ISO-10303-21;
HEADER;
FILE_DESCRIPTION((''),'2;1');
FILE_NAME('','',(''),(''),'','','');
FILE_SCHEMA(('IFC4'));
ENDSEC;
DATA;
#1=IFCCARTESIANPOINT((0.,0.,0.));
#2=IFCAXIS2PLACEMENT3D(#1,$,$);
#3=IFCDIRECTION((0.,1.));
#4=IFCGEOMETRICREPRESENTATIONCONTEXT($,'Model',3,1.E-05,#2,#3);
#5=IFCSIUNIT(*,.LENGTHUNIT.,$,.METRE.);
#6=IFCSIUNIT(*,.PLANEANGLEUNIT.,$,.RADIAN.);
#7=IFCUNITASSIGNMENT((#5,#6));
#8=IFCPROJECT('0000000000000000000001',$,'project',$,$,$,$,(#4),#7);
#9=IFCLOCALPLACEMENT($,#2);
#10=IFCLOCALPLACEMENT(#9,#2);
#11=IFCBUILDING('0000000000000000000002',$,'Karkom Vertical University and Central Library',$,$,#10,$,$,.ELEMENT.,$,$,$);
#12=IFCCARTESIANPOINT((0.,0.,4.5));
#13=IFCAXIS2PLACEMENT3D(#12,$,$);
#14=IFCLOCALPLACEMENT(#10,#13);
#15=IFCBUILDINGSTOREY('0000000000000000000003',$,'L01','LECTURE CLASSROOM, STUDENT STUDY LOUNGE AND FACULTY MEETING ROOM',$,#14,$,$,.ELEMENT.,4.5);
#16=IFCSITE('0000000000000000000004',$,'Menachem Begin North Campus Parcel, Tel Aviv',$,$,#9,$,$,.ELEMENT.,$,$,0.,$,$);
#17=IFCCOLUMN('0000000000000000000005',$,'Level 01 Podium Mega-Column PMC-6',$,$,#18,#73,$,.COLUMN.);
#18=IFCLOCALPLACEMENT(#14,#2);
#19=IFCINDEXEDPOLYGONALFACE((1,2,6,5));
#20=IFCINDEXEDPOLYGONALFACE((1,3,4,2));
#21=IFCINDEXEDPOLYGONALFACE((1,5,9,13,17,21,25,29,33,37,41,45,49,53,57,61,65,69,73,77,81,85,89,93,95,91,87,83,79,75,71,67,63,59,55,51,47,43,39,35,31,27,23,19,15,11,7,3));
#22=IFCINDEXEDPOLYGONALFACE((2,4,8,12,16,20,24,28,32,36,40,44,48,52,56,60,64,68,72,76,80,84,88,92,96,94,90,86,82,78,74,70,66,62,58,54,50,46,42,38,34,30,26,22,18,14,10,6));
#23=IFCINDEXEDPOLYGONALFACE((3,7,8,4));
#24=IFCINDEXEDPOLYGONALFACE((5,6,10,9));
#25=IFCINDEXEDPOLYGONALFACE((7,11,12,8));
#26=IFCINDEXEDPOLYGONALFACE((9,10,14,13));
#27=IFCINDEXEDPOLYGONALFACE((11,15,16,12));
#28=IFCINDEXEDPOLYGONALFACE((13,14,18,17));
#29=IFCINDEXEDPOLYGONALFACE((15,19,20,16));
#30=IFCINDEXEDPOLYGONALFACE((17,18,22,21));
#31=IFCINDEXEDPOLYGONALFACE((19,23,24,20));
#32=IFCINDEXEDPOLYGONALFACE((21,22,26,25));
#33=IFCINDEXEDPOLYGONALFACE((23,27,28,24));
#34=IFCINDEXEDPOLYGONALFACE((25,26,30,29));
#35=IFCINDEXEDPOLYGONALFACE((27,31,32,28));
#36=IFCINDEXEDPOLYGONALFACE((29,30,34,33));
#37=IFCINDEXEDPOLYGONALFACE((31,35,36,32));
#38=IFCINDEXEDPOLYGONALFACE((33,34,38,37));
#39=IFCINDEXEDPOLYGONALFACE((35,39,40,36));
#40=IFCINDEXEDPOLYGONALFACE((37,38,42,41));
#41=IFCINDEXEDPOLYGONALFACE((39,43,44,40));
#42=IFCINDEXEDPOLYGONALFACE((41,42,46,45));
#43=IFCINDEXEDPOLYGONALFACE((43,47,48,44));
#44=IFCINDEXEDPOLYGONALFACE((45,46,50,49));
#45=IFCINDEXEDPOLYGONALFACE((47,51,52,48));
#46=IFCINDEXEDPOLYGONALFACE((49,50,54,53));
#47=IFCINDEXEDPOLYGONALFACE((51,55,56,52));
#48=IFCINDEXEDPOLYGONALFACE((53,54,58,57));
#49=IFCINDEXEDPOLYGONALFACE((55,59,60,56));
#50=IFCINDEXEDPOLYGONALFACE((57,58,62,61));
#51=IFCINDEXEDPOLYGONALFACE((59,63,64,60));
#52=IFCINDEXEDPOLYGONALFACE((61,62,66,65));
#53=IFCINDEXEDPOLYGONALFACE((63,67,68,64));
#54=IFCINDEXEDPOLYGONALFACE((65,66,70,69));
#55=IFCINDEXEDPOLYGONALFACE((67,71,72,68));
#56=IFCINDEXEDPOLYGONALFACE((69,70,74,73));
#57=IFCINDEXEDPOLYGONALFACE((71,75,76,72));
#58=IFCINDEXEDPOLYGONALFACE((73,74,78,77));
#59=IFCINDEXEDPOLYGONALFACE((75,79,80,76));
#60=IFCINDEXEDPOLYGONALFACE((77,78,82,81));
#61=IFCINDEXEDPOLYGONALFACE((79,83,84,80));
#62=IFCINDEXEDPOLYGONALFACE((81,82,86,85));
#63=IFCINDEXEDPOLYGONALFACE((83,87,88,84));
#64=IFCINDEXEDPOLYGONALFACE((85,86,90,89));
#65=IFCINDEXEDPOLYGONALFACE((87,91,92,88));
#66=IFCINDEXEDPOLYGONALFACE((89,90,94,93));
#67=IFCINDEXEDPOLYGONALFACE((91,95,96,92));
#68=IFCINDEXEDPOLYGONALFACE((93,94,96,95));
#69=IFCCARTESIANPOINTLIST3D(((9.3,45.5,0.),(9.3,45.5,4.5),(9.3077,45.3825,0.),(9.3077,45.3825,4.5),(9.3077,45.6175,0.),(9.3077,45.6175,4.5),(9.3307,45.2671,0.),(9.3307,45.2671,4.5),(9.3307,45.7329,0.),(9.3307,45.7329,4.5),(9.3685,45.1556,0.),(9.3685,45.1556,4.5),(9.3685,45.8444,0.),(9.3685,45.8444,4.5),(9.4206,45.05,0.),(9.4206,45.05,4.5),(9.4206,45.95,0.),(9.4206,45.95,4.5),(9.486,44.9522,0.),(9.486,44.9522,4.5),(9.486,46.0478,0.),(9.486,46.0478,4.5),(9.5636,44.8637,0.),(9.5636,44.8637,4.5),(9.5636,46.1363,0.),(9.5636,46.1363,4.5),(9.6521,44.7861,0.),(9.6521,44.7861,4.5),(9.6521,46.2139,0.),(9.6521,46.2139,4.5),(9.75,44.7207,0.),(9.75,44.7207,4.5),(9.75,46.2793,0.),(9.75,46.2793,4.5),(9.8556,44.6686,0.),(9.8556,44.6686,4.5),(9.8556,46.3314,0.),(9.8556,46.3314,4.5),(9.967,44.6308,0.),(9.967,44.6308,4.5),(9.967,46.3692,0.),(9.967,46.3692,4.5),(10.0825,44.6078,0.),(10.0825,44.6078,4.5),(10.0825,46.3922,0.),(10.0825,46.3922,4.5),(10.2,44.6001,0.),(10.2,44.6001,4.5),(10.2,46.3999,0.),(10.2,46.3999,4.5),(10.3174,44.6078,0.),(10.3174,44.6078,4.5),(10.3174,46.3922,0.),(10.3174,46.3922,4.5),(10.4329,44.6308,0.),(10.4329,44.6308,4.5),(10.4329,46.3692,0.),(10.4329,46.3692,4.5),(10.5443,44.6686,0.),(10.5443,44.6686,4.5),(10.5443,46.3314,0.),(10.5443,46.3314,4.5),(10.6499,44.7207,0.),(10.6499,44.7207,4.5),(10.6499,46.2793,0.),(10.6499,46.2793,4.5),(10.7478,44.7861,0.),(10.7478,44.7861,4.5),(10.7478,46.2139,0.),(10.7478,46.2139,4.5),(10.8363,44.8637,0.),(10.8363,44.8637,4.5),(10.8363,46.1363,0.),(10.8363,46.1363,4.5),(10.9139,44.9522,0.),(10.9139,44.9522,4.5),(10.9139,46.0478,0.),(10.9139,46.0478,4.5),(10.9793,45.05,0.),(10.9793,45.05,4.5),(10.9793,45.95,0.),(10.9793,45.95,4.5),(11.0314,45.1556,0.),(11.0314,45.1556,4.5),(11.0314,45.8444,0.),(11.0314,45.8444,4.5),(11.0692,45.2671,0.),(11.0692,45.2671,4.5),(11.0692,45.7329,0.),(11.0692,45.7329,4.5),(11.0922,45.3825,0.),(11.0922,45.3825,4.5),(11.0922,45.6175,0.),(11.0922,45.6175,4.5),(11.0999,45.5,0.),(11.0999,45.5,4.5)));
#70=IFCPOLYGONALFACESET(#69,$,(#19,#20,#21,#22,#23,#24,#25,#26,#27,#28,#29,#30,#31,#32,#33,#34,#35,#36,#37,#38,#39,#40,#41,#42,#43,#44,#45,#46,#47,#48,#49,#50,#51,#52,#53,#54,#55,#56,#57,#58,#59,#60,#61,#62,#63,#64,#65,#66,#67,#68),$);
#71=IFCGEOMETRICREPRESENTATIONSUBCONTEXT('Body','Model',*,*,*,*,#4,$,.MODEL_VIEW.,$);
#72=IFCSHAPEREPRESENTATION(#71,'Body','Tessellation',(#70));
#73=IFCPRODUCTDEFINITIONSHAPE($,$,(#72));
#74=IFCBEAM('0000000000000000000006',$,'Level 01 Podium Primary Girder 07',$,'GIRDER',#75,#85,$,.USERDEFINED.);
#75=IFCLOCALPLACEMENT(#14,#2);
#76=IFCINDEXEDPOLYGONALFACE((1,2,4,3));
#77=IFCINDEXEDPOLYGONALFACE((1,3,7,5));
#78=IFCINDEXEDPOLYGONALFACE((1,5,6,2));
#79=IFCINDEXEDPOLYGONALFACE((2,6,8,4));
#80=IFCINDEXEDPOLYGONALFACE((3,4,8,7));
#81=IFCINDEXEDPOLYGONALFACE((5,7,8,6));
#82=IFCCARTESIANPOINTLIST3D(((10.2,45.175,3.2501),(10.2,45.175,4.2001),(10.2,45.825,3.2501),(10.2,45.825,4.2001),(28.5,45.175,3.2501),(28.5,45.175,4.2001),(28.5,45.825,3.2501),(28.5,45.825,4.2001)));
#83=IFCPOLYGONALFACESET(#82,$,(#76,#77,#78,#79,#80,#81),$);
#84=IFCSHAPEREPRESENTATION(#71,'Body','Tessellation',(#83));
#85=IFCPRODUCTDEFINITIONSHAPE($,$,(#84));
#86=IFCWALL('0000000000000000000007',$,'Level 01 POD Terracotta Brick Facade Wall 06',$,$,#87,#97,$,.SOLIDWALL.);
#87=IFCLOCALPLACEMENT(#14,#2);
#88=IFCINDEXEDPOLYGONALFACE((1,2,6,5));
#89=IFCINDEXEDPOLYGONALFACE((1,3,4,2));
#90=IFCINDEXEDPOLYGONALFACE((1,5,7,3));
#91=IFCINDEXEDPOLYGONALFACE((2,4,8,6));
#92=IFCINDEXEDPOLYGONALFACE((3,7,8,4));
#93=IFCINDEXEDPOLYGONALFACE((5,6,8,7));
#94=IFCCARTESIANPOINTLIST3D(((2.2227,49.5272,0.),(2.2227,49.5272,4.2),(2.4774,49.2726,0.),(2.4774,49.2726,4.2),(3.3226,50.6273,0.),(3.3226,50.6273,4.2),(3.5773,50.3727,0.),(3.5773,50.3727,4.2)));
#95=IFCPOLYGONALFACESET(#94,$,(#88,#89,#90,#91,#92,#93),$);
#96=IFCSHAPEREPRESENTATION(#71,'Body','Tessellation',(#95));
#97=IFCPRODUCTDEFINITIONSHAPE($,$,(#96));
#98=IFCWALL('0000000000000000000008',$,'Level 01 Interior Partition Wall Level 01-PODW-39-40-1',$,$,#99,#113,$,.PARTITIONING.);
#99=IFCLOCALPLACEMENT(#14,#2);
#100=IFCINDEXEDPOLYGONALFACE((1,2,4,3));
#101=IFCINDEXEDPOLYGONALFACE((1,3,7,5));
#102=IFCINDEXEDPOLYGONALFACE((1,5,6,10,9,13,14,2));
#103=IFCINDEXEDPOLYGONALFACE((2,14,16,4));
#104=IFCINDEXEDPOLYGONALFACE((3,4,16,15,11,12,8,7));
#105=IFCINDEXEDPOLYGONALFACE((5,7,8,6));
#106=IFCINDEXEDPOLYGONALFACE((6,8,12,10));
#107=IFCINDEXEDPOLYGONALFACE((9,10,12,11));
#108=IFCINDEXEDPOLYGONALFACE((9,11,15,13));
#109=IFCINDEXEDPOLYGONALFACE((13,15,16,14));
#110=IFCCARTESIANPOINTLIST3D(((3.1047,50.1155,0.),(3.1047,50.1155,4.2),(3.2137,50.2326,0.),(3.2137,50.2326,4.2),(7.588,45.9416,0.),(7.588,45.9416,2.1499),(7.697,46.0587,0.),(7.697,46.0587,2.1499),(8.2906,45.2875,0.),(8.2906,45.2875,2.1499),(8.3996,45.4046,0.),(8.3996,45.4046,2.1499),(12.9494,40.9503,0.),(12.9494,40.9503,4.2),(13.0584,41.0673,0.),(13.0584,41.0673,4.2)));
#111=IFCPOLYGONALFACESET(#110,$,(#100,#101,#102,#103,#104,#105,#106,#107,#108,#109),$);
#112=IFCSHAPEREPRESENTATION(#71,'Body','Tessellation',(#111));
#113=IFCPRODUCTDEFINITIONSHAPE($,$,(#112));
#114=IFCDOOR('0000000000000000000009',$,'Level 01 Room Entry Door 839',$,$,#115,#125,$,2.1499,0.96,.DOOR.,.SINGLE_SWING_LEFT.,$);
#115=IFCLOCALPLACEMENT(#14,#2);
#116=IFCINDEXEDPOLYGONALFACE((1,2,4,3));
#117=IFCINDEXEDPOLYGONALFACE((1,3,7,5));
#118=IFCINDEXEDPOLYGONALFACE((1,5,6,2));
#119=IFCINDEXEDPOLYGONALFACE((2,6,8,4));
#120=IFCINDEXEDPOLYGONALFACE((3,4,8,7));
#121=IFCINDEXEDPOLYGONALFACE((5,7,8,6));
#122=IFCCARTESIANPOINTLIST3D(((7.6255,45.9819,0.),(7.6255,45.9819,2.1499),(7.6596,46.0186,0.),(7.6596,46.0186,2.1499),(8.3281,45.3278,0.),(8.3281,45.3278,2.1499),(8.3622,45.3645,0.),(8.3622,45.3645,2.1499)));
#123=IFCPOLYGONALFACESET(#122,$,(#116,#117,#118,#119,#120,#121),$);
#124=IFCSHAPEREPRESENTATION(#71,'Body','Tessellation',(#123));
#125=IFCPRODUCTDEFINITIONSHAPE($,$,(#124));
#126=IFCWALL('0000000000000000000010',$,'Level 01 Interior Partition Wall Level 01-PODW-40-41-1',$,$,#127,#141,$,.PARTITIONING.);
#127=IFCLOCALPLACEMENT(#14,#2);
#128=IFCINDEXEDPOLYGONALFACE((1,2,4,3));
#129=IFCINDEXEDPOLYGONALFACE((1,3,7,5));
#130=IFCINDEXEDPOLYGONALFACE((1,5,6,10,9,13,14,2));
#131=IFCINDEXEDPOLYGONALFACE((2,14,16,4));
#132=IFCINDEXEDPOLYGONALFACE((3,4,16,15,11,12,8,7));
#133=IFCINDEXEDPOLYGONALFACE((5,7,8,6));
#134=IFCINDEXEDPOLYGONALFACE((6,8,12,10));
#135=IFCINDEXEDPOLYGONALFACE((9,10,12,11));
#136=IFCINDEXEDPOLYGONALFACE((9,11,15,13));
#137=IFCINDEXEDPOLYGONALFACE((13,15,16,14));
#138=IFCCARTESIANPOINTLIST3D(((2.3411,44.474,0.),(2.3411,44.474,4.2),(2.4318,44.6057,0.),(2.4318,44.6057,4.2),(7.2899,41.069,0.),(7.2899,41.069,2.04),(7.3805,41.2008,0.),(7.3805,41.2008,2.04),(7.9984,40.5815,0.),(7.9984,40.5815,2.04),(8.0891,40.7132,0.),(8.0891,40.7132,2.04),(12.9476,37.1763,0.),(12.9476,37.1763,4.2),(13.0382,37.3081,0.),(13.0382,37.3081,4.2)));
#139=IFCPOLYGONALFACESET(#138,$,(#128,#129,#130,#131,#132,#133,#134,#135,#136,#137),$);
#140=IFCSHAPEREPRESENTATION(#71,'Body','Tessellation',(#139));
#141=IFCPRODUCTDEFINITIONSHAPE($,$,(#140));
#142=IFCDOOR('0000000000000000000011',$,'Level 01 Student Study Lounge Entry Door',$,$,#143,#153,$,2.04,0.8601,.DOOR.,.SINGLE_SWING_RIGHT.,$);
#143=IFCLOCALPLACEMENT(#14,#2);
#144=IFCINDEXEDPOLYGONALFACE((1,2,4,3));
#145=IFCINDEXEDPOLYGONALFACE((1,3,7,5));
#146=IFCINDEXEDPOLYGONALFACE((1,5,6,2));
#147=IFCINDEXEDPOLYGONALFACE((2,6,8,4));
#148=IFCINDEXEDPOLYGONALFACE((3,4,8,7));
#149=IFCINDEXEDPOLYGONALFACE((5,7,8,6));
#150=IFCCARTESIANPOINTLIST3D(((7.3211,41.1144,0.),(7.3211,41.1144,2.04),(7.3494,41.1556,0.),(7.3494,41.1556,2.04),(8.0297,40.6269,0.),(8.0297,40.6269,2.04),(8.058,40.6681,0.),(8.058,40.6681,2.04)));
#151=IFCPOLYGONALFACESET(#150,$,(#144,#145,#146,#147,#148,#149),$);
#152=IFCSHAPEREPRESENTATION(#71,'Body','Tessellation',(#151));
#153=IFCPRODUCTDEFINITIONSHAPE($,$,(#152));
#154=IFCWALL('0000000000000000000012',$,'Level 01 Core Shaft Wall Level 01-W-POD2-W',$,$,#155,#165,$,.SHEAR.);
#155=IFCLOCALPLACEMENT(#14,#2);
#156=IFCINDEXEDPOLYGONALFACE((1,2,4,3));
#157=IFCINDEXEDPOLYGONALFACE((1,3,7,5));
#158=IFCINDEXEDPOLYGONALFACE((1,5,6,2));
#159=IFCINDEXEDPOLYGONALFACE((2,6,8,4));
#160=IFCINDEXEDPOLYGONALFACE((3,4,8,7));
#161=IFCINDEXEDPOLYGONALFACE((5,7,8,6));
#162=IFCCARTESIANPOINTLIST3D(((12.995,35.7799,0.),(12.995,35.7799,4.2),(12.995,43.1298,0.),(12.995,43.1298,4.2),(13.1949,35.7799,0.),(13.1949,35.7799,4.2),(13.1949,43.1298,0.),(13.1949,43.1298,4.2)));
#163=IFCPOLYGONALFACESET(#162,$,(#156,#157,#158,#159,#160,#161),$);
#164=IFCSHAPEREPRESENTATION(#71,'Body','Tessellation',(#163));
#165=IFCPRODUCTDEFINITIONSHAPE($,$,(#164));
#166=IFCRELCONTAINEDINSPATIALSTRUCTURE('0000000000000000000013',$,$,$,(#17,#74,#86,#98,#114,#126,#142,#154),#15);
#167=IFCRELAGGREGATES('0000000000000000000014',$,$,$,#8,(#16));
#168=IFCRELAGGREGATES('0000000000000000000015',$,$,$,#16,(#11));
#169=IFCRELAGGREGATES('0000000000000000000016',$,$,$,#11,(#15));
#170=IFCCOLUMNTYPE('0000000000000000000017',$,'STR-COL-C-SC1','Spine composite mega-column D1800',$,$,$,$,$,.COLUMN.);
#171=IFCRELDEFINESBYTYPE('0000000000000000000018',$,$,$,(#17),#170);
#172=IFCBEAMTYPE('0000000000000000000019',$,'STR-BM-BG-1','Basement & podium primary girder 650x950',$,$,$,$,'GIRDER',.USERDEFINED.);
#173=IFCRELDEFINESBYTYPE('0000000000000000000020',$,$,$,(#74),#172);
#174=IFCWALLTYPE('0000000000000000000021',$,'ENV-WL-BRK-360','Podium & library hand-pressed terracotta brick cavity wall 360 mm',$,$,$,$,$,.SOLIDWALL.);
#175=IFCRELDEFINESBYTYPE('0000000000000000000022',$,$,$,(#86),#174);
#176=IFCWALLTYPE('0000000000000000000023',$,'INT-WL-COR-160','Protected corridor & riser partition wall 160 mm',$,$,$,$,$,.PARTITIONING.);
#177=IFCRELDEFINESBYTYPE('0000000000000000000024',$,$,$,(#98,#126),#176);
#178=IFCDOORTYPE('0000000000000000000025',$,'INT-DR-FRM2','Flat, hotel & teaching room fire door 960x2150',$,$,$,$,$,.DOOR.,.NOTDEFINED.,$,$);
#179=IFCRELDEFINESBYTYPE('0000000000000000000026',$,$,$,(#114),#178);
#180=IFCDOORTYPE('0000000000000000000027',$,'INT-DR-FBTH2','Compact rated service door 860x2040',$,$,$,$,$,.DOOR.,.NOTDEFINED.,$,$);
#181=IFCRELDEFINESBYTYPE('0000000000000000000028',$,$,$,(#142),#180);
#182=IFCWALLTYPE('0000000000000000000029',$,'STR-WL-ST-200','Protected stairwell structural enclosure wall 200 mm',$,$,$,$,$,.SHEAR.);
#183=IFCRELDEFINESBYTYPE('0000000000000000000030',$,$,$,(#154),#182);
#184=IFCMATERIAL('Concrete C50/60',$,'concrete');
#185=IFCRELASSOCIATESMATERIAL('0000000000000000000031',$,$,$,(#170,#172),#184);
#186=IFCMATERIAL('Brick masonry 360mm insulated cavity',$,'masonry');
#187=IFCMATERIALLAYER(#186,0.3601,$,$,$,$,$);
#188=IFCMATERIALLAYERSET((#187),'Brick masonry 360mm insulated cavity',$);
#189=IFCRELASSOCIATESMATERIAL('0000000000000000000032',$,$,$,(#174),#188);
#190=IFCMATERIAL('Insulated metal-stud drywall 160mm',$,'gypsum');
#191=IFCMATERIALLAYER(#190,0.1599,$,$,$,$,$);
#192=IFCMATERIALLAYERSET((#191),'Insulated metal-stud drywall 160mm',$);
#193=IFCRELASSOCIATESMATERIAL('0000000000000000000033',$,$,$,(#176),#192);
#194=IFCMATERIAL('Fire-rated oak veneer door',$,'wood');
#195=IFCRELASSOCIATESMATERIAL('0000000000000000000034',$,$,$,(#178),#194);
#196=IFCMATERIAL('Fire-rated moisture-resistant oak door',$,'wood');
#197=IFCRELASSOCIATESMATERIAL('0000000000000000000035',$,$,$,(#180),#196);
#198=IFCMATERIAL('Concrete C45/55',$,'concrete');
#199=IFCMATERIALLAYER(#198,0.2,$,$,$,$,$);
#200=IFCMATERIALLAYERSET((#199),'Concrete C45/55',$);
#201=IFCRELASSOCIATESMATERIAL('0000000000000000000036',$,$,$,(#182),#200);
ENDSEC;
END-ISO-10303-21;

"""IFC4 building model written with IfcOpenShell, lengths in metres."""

from ifc_helpers import new_model, si_unit, direction, frame, frame_2d, origin, origin_with_axes, origin_2d, place, context, subcontext, project, spatial, rectangle, circle, extrude, source, transform, mapped, material, layer, layer_set, material_profile, profile_set, type_object, element, fill, save


model = new_model("IFC4")

# Units and contexts
model_context = context("Model", 3, precision=1e-05, world=origin(), true_north=direction((0.0, 1.0)))
body_context = subcontext(model_context, "Body", "Model", "MODEL_VIEW")
ifc_project = project(units=[si_unit("LENGTHUNIT", "METRE"), si_unit("PLANEANGLEUNIT", "RADIAN")], contexts=[model_context])

# Site, building, storey
site_placement = place(None, origin())
site = spatial("IfcSite", under=ifc_project, at=site_placement, Name="Menachem Begin North Campus Parcel, Tel Aviv", CompositionType="ELEMENT", RefElevation=0.0)
building_placement = place(site_placement, origin())
building = spatial("IfcBuilding", under=site, at=building_placement, Name="Karkom Vertical University and Central Library", CompositionType="ELEMENT")
storey_placement = place(building_placement, frame((0.0, 0.0, 4.5)))
storey = spatial("IfcBuildingStorey", under=building, at=storey_placement, Name="L01", Description="LECTURE CLASSROOM, STUDENT STUDY LOUNGE AND FACULTY MEETING ROOM", CompositionType="ELEMENT", Elevation=4.5)

# Column
ifc_material_1 = material(Name="Concrete C50/60", Category="concrete")
ifc_material_profile_1 = material_profile(ifc_material_1, circle(Radius=0.8999, at=origin_2d()), Name="CFT-D1800")
ifc_profile_set_1 = profile_set([ifc_material_profile_1], Name="Concrete C50/60")
column_type = type_object("IfcColumnType", Name="STR-COL-C-SC1", Description="Spine composite mega-column D1800", PredefinedType="COLUMN", material=ifc_profile_set_1)
shared_shape_1 = source(origin_with_axes(), body_context, "Body", "SweptSolid", [
    extrude(circle(Radius=0.8999, at=origin_2d()), origin(), (0.0, 0.0, 1.0), 4.5),
])
column_placement = place(storey_placement, frame((10.2, 45.5, 0.0), z_axis=(0.0, 0.0, 1.0), x_axis=(1.0, 0.0, 0.0)))
element("IfcColumn", 1, at=column_placement, inside=storey, type_object=column_type, Name="Level 01 Podium Mega-Column PMC-6", PredefinedType="COLUMN", context=body_context, shape_type="MappedRepresentation", body=[
    mapped(shared_shape_1, transform((0.0, 0.0, 0.0), scale=1.0)),
])

# Beam
ifc_material_profile_2 = material_profile(ifc_material_1, rectangle(XDim=0.6499, YDim=0.95, at=origin_2d()), Name="RCG-650x950")
ifc_profile_set_2 = profile_set([ifc_material_profile_2], Name="Concrete C50/60")
beam_type = type_object("IfcBeamType", Name="STR-BM-BG-1", Description="Basement & podium primary girder 650x950", ElementType="GIRDER", PredefinedType="USERDEFINED", material=ifc_profile_set_2)
shared_shape_2 = source(origin_with_axes(), body_context, "Body", "SweptSolid", [
    extrude(rectangle(XDim=0.6499, YDim=0.95, at=origin_2d()), origin(), (0.0, 0.0, 1.0), 18.3),
])
beam_placement = place(storey_placement, frame((10.2, 45.5, 3.7251), z_axis=(1.0, 0.0, 0.0), x_axis=(0.0, 1.0, 0.0)))
element("IfcBeam", 2, at=beam_placement, inside=storey, type_object=beam_type, Name="Level 01 Podium Primary Girder 07", ObjectType="GIRDER", PredefinedType="USERDEFINED", context=body_context, shape_type="MappedRepresentation", body=[
    mapped(shared_shape_2, transform((0.0, 0.0, 0.0), scale=1.0)),
])

# Wall
ifc_material_2 = material(Name="Brick masonry 360mm insulated cavity", Category="masonry")
ifc_layer_1 = layer(ifc_material_2, 0.3601)
ifc_layer_set_1 = layer_set([ifc_layer_1], Name="Brick masonry 360mm insulated cavity")
wall_type_1 = type_object("IfcWallType", Name="ENV-WL-BRK-360", Description="Podium & library hand-pressed terracotta brick cavity wall 360 mm", PredefinedType="SOLIDWALL", material=ifc_layer_set_1)
wall_1_placement = place(storey_placement, frame((3.45, 50.5, 0.0), z_axis=(0.0, 0.0, 1.0), x_axis=(-0.707028, -0.707185, 0.0)))
element("IfcWall", 3, at=wall_1_placement, inside=storey, type_object=wall_type_1, Name="Level 01 POD Terracotta Brick Facade Wall 06", PredefinedType="SOLIDWALL", context=body_context, shape_type="SweptSolid", body=[
    extrude(rectangle(XDim=1.5557, YDim=0.3601, at=frame_2d((0.7778, 0.0))), origin(), (0.0, 0.0, 1.0), 4.2),
])

# Walls, openings, doors
ifc_material_3 = material(Name="Insulated metal-stud drywall 160mm", Category="gypsum")
ifc_layer_2 = layer(ifc_material_3, 0.1599)
ifc_layer_set_2 = layer_set([ifc_layer_2], Name="Insulated metal-stud drywall 160mm")
wall_type_2 = type_object("IfcWallType", Name="INT-WL-COR-160", Description="Protected corridor & riser partition wall 160 mm", PredefinedType="PARTITIONING", material=ifc_layer_set_2)
wall_2_placement = place(storey_placement, frame((13.0039, 41.0088, 0.0), z_axis=(0.0, 0.0, 1.0), x_axis=(-0.731912, 0.681399, 0.0)))
wall_2 = element("IfcWall", 4, at=wall_2_placement, inside=storey, type_object=wall_type_2, Name="Level 01 Interior Partition Wall Level 01-PODW-39-40-1", PredefinedType="PARTITIONING", context=body_context, shape_type="SweptSolid", body=[
    extrude(rectangle(XDim=13.4507, YDim=0.1599, at=frame_2d((6.7253, 0.0))), origin(), (0.0, 0.0, 1.0), 4.2),
])
opening_1_placement = place(wall_2_placement, frame((6.3652, 0.0, 0.0)))
opening_1 = element("IfcOpeningElement", 5, at=opening_1_placement, cuts=wall_2, PredefinedType="OPENING", context=body_context, shape_type="SweptSolid", body=[
    extrude(rectangle(XDim=0.96, YDim=2.1499, at=frame_2d((0.48, 1.075))), frame((0.0, 0.0898, 0.0), z_axis=(0.0, -1.0, 0.0), x_axis=(1.0, 0.0, 0.0)), (0.0, 0.0, 1.0), 0.1799),
])
ifc_material_4 = material(Name="Fire-rated oak veneer door", Category="wood")
door_type_1 = type_object("IfcDoorType", Name="INT-DR-FRM2", Description="Flat, hotel & teaching room fire door 960x2150", OperationType="NOTDEFINED", PredefinedType="DOOR", material=ifc_material_4)
shared_shape_3 = source(origin_with_axes(), body_context, "Body", "SweptSolid", [
    extrude(rectangle(XDim=0.96, YDim=2.1499, at=frame_2d((0.48, 1.075))), frame((0.0, 0.0249, 0.0), z_axis=(0.0, -1.0, 0.0), x_axis=(1.0, 0.0, 0.0)), (0.0, 0.0, 1.0), 0.05),
])
door_1_placement = place(opening_1_placement, origin())
door_1 = element("IfcDoor", 6, at=door_1_placement, inside=storey, type_object=door_type_1, Name="Level 01 Room Entry Door 839", OperationType="SINGLE_SWING_LEFT", OverallHeight=2.1499, OverallWidth=0.96, PredefinedType="DOOR", context=body_context, shape_type="MappedRepresentation", body=[
    mapped(shared_shape_3, transform((0.0, 0.0, 0.0), scale=1.0)),
])
fill(opening_1, door_1)
wall_3_placement = place(storey_placement, frame((12.9929, 37.2422, 0.0), z_axis=(0.0, 0.0, 1.0), x_axis=(-0.823836, 0.566828, 0.0)))
wall_3 = element("IfcWall", 7, at=wall_3_placement, inside=storey, type_object=wall_type_2, Name="Level 01 Interior Partition Wall Level 01-PODW-40-41-1", PredefinedType="PARTITIONING", context=body_context, shape_type="SweptSolid", body=[
    extrude(rectangle(XDim=12.8745, YDim=0.1599, at=frame_2d((6.4373, 0.0))), origin(), (0.0, 0.0, 1.0), 4.2),
])
opening_2_placement = place(wall_3_placement, frame((6.0073, 0.0, 0.0)))
opening_2 = element("IfcOpeningElement", 8, at=opening_2_placement, cuts=wall_3, PredefinedType="OPENING", context=body_context, shape_type="SweptSolid", body=[
    extrude(rectangle(XDim=0.8601, YDim=2.04, at=frame_2d((0.4302, 1.02))), frame((0.0, 0.0898, 0.0), z_axis=(0.0, -1.0, 0.0), x_axis=(1.0, 0.0, 0.0)), (0.0, 0.0, 1.0), 0.1799),
])
ifc_material_5 = material(Name="Fire-rated moisture-resistant oak door", Category="wood")
door_type_2 = type_object("IfcDoorType", Name="INT-DR-FBTH2", Description="Compact rated service door 860x2040", OperationType="NOTDEFINED", PredefinedType="DOOR", material=ifc_material_5)
shared_shape_4 = source(origin_with_axes(), body_context, "Body", "SweptSolid", [
    extrude(rectangle(XDim=0.8601, YDim=2.04, at=frame_2d((0.4302, 1.02))), frame((0.0, 0.0249, 0.0), z_axis=(0.0, -1.0, 0.0), x_axis=(1.0, 0.0, 0.0)), (0.0, 0.0, 1.0), 0.05),
])
door_2_placement = place(opening_2_placement, origin())
door_2 = element("IfcDoor", 9, at=door_2_placement, inside=storey, type_object=door_type_2, Name="Level 01 Student Study Lounge Entry Door", OperationType="SINGLE_SWING_RIGHT", OverallHeight=2.04, OverallWidth=0.8601, PredefinedType="DOOR", context=body_context, shape_type="MappedRepresentation", body=[
    mapped(shared_shape_4, transform((0.0, 0.0, 0.0), scale=1.0)),
])
fill(opening_2, door_2)

# Wall
ifc_material_6 = material(Name="Concrete C45/55", Category="concrete")
ifc_layer_3 = layer(ifc_material_6, 0.2)
ifc_layer_set_3 = layer_set([ifc_layer_3], Name="Concrete C45/55")
wall_type_3 = type_object("IfcWallType", Name="STR-WL-ST-200", Description="Protected stairwell structural enclosure wall 200 mm", PredefinedType="SHEAR", material=ifc_layer_set_3)
wall_4_placement = place(storey_placement, frame((13.095, 35.78, 0.0), z_axis=(0.0, 0.0, 1.0), x_axis=(0.0, 1.0, 0.0)))
element("IfcWall", 10, at=wall_4_placement, inside=storey, type_object=wall_type_3, Name="Level 01 Core Shaft Wall Level 01-W-POD2-W", PredefinedType="SHEAR", context=body_context, shape_type="SweptSolid", body=[
    extrude(rectangle(XDim=7.3499, YDim=0.2, at=frame_2d((3.6748, 0.0))), origin(), (0.0, 0.0, 1.0), 4.2),
])

save(model, "model.ifc")
